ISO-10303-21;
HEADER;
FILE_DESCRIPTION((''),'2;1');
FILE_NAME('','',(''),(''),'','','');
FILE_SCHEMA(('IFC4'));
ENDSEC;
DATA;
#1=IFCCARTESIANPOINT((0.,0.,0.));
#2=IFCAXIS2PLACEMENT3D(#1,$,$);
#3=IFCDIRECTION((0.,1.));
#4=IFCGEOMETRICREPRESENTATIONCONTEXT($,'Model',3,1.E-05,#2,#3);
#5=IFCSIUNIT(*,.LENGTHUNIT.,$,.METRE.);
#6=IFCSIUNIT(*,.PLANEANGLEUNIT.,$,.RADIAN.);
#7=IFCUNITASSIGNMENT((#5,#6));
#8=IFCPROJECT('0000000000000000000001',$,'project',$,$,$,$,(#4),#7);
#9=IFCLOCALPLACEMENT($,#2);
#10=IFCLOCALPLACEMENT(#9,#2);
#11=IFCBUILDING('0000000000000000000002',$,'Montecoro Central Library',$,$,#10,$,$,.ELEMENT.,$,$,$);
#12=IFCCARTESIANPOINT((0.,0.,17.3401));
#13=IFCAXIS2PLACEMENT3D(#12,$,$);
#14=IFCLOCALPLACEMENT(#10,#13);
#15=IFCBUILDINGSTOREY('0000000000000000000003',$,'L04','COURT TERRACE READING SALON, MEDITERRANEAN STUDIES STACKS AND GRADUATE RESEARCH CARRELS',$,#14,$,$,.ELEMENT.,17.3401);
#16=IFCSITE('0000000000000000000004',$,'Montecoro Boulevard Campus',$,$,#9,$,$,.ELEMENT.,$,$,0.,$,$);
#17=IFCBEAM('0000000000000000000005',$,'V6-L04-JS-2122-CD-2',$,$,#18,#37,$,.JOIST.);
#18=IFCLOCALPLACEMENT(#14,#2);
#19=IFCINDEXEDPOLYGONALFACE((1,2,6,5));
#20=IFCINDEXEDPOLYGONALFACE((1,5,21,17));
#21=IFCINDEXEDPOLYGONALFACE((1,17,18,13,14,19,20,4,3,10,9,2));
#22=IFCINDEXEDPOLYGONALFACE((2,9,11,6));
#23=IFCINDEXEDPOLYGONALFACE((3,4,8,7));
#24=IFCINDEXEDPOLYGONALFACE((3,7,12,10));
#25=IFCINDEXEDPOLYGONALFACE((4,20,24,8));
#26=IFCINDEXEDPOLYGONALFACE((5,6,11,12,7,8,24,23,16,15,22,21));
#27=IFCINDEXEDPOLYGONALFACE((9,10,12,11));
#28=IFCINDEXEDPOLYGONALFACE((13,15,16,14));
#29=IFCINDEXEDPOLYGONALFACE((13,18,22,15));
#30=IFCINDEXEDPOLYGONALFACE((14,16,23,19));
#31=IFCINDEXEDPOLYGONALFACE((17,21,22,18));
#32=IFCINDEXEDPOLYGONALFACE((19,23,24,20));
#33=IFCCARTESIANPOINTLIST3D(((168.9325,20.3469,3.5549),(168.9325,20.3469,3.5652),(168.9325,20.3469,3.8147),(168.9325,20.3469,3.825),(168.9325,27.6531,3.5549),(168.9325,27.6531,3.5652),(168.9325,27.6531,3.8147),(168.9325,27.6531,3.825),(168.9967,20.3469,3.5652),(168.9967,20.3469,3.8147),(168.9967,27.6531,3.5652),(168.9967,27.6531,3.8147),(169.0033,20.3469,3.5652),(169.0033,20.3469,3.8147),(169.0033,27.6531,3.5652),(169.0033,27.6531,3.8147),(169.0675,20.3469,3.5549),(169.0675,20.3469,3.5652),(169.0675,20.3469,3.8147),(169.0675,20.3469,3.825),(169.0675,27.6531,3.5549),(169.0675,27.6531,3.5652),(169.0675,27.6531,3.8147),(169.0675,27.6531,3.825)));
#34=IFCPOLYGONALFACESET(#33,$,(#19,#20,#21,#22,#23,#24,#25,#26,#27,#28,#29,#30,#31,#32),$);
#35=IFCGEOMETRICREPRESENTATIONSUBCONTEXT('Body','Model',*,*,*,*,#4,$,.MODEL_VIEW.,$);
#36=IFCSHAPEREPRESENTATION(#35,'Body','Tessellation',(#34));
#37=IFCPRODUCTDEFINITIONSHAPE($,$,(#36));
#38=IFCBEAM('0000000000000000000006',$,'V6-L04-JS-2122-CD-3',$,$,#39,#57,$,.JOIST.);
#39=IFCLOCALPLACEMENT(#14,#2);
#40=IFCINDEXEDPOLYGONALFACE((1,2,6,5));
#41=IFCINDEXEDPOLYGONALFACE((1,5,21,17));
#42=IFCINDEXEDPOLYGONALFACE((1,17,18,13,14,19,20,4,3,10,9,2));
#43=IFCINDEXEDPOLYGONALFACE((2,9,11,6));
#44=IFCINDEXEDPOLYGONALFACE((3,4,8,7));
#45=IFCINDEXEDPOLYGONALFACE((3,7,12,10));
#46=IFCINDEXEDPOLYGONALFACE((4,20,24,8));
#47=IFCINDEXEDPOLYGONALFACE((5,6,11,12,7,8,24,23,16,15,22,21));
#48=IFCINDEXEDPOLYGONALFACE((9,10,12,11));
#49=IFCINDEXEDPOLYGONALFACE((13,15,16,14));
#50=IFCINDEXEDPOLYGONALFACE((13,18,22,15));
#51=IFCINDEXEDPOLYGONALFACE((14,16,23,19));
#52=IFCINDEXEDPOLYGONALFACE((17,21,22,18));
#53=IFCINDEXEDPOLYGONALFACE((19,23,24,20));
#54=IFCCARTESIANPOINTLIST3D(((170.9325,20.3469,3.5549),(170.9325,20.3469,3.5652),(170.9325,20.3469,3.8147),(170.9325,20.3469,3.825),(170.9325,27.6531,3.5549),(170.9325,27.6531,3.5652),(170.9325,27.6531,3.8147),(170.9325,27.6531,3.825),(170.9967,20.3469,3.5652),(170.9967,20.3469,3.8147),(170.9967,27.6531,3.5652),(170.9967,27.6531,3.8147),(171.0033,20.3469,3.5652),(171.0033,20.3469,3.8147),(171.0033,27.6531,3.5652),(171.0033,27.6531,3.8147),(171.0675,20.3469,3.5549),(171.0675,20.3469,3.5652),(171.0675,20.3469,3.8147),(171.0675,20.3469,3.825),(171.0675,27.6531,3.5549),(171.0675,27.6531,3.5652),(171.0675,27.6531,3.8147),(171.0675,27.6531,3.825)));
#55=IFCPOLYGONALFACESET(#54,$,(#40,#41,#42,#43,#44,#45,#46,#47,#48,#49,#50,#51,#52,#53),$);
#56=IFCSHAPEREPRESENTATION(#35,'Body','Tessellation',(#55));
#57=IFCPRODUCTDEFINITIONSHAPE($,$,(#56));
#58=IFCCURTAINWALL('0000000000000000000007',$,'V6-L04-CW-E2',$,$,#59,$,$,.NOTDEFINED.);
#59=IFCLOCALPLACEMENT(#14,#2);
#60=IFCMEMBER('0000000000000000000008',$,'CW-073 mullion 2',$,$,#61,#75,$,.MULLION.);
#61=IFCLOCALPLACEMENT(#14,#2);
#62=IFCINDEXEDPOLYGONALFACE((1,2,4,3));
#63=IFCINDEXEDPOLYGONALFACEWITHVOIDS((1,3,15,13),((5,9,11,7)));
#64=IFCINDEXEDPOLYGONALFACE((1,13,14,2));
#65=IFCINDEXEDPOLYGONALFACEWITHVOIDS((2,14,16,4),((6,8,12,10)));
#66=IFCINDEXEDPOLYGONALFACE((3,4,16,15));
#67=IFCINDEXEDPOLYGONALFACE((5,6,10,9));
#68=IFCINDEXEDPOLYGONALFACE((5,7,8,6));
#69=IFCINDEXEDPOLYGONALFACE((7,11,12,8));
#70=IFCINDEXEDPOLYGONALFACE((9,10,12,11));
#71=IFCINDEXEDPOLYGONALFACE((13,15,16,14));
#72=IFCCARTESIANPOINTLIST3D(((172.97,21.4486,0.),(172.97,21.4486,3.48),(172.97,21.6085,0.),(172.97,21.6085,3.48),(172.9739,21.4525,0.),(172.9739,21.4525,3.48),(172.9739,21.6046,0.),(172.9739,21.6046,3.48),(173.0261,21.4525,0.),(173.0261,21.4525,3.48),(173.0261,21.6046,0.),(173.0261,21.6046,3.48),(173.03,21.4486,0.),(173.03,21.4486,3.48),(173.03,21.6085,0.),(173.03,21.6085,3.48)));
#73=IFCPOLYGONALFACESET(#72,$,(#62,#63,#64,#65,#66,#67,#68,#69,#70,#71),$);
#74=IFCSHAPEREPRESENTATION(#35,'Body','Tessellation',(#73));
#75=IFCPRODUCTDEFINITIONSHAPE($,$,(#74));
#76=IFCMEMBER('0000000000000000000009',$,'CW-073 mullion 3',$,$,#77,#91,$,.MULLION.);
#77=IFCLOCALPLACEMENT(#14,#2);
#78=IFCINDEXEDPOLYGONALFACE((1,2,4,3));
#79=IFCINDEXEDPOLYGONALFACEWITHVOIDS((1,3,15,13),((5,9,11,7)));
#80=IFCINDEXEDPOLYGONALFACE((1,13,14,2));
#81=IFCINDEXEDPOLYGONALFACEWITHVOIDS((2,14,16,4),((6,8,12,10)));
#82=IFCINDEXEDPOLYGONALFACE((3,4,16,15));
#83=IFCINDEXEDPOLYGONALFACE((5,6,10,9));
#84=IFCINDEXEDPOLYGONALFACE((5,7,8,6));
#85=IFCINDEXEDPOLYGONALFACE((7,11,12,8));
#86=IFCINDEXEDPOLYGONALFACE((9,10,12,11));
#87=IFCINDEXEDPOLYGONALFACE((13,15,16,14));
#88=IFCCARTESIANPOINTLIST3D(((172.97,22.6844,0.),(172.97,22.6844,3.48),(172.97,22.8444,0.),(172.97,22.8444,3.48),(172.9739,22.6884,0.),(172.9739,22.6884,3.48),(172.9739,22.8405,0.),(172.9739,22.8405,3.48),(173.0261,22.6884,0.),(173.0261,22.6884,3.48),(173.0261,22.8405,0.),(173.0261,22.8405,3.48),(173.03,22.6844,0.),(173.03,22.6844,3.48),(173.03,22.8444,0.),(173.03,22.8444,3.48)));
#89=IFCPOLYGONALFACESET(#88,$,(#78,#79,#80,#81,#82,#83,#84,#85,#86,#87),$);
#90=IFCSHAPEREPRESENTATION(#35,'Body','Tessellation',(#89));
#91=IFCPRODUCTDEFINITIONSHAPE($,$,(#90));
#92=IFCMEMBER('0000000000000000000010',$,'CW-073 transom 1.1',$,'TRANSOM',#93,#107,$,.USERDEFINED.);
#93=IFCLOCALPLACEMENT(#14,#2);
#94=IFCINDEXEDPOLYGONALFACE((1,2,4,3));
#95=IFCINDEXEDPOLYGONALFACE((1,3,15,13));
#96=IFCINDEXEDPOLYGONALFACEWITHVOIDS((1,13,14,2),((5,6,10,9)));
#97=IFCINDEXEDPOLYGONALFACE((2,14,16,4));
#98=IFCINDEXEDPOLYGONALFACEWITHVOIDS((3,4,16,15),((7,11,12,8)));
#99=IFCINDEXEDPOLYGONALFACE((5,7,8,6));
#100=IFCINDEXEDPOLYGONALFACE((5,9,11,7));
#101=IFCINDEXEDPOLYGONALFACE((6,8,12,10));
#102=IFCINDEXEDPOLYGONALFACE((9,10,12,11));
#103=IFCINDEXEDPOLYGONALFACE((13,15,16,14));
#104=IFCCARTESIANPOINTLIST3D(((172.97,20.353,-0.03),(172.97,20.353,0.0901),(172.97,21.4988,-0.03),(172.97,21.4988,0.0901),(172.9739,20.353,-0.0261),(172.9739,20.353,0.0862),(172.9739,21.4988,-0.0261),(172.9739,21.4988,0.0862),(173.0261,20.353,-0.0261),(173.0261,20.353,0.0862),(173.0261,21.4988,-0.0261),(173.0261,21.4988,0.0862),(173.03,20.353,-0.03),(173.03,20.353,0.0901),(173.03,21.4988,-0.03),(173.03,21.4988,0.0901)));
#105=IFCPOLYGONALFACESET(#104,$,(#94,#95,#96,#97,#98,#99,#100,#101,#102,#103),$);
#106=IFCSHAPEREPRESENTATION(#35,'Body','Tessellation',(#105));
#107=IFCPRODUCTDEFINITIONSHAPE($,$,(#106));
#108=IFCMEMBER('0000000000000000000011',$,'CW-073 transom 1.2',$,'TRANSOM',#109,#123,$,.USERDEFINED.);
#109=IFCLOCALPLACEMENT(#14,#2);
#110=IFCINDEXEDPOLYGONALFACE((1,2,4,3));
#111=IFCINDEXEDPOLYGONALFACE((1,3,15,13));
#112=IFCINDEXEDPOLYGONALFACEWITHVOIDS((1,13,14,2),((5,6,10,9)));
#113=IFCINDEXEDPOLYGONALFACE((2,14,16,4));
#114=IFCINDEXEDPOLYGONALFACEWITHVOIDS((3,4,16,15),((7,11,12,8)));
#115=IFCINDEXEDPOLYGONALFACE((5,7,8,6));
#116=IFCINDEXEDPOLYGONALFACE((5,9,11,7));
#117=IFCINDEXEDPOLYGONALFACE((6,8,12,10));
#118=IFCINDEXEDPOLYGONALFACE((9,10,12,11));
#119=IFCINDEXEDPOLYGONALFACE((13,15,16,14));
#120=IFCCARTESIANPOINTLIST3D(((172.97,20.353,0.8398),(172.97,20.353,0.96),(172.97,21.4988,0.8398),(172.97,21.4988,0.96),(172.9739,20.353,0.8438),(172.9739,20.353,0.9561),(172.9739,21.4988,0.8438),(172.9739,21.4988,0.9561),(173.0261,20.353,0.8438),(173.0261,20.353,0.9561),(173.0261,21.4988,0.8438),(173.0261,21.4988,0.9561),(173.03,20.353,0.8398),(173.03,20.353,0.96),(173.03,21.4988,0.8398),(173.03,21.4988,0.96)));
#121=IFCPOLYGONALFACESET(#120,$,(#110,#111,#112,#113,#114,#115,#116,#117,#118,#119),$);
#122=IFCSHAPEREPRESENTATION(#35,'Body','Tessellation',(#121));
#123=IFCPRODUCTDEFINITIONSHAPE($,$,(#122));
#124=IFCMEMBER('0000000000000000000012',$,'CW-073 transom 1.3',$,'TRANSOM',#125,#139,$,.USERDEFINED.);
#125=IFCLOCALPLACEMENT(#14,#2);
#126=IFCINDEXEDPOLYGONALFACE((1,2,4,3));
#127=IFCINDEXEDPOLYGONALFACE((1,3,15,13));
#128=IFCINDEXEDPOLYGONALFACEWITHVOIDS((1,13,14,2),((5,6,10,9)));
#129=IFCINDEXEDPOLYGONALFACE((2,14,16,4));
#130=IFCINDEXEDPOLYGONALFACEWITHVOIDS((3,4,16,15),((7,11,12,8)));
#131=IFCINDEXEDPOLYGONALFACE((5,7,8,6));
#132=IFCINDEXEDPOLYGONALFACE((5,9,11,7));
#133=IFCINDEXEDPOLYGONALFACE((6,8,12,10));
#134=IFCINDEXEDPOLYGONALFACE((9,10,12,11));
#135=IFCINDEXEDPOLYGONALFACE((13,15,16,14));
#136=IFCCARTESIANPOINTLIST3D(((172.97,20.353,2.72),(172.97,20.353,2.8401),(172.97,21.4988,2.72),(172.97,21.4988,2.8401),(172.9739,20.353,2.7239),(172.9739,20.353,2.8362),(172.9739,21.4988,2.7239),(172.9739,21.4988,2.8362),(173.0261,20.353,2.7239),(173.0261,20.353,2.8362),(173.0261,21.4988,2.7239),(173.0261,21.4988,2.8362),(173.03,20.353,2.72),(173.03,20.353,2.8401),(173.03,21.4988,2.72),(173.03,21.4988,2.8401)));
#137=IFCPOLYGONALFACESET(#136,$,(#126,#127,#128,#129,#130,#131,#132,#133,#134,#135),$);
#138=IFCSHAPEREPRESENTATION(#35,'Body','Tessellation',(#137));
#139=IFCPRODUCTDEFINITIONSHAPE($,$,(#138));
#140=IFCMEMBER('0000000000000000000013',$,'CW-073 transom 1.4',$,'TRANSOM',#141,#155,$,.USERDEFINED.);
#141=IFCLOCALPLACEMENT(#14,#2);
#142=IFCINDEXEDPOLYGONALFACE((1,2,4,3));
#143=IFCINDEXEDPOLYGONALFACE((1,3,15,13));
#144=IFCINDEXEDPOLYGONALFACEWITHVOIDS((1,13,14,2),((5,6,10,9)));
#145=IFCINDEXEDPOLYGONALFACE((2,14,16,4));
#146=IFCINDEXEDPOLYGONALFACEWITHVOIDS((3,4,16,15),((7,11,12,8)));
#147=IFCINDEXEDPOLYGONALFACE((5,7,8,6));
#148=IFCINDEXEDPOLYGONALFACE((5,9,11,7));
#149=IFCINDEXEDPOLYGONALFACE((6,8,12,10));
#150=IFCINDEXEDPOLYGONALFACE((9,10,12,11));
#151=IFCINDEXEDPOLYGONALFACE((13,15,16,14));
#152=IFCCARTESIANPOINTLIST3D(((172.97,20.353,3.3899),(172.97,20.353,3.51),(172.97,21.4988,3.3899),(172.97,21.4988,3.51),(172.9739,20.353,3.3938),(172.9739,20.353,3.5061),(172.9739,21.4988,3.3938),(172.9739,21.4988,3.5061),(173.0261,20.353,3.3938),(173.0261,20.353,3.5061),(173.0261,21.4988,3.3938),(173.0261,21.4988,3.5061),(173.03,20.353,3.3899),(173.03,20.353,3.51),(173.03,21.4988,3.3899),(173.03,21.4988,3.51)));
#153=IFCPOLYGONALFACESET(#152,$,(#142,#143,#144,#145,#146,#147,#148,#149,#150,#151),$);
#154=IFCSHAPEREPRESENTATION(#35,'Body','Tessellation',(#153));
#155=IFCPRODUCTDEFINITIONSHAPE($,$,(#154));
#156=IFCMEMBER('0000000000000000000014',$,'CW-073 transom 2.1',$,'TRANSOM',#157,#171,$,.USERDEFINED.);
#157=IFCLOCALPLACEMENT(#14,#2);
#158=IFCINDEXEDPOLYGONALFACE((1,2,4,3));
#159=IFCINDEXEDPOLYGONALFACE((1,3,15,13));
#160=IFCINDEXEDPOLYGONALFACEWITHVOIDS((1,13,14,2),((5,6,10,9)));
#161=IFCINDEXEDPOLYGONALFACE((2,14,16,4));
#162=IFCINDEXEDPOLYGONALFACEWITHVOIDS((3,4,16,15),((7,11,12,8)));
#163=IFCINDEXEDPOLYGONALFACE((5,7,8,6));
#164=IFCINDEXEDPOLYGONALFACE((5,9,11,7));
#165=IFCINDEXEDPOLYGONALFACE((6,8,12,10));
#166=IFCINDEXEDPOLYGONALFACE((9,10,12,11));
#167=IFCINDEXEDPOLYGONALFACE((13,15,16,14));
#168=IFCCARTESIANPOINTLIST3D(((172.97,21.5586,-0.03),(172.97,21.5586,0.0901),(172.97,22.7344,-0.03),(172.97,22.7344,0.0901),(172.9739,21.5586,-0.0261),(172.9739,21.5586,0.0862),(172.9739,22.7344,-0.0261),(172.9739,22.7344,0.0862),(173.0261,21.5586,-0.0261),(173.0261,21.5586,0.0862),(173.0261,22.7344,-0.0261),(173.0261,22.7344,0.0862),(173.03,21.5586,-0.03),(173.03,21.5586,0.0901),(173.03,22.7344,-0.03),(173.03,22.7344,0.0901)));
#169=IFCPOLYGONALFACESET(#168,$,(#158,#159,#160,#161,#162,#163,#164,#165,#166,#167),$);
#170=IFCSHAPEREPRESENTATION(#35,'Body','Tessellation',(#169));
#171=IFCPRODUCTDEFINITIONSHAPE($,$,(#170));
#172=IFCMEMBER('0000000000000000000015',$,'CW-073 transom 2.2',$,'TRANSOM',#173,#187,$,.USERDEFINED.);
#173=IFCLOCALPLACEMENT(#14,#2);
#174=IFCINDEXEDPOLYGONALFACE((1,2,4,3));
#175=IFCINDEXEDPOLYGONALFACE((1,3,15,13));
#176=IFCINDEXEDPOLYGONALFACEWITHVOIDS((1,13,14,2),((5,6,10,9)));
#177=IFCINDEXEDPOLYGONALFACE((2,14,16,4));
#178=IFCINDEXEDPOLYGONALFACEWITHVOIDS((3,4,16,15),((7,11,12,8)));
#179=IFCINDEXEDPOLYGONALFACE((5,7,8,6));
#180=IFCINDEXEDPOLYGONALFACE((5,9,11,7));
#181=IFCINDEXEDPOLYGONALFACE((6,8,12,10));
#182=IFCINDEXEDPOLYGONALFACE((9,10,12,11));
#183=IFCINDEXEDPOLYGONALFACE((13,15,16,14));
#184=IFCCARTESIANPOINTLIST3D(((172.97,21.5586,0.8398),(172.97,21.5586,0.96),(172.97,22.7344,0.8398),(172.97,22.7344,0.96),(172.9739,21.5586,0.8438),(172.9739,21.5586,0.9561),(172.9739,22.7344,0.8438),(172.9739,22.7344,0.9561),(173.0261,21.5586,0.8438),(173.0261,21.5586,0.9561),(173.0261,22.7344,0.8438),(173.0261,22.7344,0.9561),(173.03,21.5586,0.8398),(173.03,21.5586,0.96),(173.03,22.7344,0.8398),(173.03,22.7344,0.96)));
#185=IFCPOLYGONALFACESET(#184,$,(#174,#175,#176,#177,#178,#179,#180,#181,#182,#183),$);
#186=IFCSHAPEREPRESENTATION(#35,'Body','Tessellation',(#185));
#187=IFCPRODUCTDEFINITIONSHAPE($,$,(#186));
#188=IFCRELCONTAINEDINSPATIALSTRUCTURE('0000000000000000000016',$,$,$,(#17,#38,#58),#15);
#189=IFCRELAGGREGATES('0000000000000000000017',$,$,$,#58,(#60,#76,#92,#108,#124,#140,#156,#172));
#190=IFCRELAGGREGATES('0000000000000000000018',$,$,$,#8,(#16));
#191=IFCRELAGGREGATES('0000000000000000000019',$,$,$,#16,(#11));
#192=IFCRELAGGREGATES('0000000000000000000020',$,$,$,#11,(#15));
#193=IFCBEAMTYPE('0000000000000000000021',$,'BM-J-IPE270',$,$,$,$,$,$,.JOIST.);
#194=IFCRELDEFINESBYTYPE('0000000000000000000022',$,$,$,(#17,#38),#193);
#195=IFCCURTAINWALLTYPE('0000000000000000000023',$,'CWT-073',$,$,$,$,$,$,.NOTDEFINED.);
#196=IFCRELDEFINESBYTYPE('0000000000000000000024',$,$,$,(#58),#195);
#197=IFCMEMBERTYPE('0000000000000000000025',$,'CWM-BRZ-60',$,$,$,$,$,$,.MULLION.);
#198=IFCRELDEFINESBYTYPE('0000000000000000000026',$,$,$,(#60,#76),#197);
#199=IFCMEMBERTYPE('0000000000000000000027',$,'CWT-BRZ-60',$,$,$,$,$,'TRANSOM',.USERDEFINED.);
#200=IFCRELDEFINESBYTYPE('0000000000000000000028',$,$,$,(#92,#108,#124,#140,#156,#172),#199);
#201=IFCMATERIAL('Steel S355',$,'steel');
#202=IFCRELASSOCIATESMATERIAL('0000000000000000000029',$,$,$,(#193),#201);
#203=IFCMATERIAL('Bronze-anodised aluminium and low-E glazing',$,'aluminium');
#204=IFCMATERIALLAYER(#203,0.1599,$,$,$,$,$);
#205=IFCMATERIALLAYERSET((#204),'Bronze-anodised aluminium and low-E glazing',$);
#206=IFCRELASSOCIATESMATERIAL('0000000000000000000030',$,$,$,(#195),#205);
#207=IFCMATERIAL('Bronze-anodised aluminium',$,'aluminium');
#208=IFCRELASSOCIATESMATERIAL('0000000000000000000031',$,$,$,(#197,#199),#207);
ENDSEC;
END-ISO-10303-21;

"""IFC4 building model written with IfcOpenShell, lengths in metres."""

from ifc_helpers import new_model, si_unit, direction, frame, origin, origin_2d, place, context, subcontext, project, spatial, hollow_rectangle, i_section, extrude, material, layer, layer_set, material_profile, profile_set, type_object, element, aggregate, save


model = new_model("IFC4")

# Units and contexts
model_context = context("Model", 3, precision=1e-05, world=origin(), true_north=direction((0.0, 1.0)))
body_context = subcontext(model_context, "Body", "Model", "MODEL_VIEW")
ifc_project = project(units=[si_unit("LENGTHUNIT", "METRE"), si_unit("PLANEANGLEUNIT", "RADIAN")], contexts=[model_context])

# Site, building, storey
site_placement = place(None, origin())
site = spatial("IfcSite", under=ifc_project, at=site_placement, Name="Montecoro Boulevard Campus", CompositionType="ELEMENT", RefElevation=0.0)
building_placement = place(site_placement, origin())
building = spatial("IfcBuilding", under=site, at=building_placement, Name="Montecoro Central Library", CompositionType="ELEMENT")
storey_placement = place(building_placement, frame((0.0, 0.0, 17.3401)))
storey = spatial("IfcBuildingStorey", under=building, at=storey_placement, Name="L04", Description="COURT TERRACE READING SALON, MEDITERRANEAN STUDIES STACKS AND GRADUATE RESEARCH CARRELS", CompositionType="ELEMENT", Elevation=17.3401)

# Beams
ifc_material_1 = material(Name="Steel S355", Category="steel")
ifc_material_profile_1 = material_profile(ifc_material_1, i_section(OverallWidth=0.135, OverallDepth=0.27, WebThickness=0.0066, FlangeThickness=0.0103, at=origin_2d()), Name="IPE 270")
ifc_profile_set_1 = profile_set([ifc_material_profile_1], Name="Steel S355")
beam_type = type_object("IfcBeamType", Name="BM-J-IPE270", PredefinedType="JOIST", material=ifc_profile_set_1)
for number, where, z_axis, x_axis, name in (
    (1, (169.0, 20.3469, 3.6899), (0.0, 1.0, 0.0), (-1.0, 0.0, 0.0), "V6-L04-JS-2122-CD-2"),
    (2, (171.0, 20.3469, 3.6899), (0.0, 1.0, 0.0), (-1.0, 0.0, 0.0), "V6-L04-JS-2122-CD-3"),
):
    element("IfcBeam", number, at=place(storey_placement, frame(where, z_axis=z_axis, x_axis=x_axis)), inside=storey, type_object=beam_type, Name=name, PredefinedType="JOIST", context=body_context, shape_type="SweptSolid", body=[
        extrude(i_section(OverallWidth=0.135, OverallDepth=0.27, WebThickness=0.0066, FlangeThickness=0.0103, at=origin_2d()), origin(), (0.0, 0.0, 1.0), 7.3062),
    ])

# Curtain wall, members
ifc_material_2 = material(Name="Bronze-anodised aluminium and low-E glazing", Category="aluminium")
ifc_layer_1 = layer(ifc_material_2, 0.1599)
ifc_layer_set_1 = layer_set([ifc_layer_1], Name="Bronze-anodised aluminium and low-E glazing")
curtain_wall_type = type_object("IfcCurtainWallType", Name="CWT-073", PredefinedType="NOTDEFINED", material=ifc_layer_set_1)
curtain_wall_placement = place(storey_placement, origin())
curtain_wall = element("IfcCurtainWall", 3, at=curtain_wall_placement, inside=storey, type_object=curtain_wall_type, Name="V6-L04-CW-E2", PredefinedType="NOTDEFINED")
ifc_material_3 = material(Name="Bronze-anodised aluminium", Category="aluminium")
ifc_material_profile_2 = material_profile(ifc_material_3, hollow_rectangle(XDim=0.0601, YDim=0.1599, WallThickness=0.0039, at=origin_2d()), Name="CWM 160x60x4.0")
ifc_profile_set_2 = profile_set([ifc_material_profile_2], Name="Bronze-anodised aluminium")
member_type_1 = type_object("IfcMemberType", Name="CWM-BRZ-60", PredefinedType="MULLION", material=ifc_profile_set_2)
member_1_placement = place(storey_placement, frame((173.0, 21.5286, 0.0), z_axis=(0.0, 0.0, 1.0), x_axis=(-1.0, 0.0, 0.0)))
member_1 = element("IfcMember", 4, at=member_1_placement, type_object=member_type_1, Name="CW-073 mullion 2", PredefinedType="MULLION", context=body_context, shape_type="SweptSolid", body=[
    extrude(hollow_rectangle(XDim=0.0601, YDim=0.1599, WallThickness=0.0039, at=origin_2d()), origin(), (0.0, 0.0, 1.0), 3.48),
])
member_2_placement = place(storey_placement, frame((173.0, 22.7644, 0.0), z_axis=(0.0, 0.0, 1.0), x_axis=(-1.0, 0.0, 0.0)))
member_2 = element("IfcMember", 5, at=member_2_placement, type_object=member_type_1, Name="CW-073 mullion 3", PredefinedType="MULLION", context=body_context, shape_type="SweptSolid", body=[
    extrude(hollow_rectangle(XDim=0.0601, YDim=0.1599, WallThickness=0.0039, at=origin_2d()), origin(), (0.0, 0.0, 1.0), 3.48),
])
ifc_material_profile_3 = material_profile(ifc_material_3, hollow_rectangle(XDim=0.0601, YDim=0.1201, WallThickness=0.0039, at=origin_2d()), Name="CWT 120x60x4.0")
ifc_profile_set_3 = profile_set([ifc_material_profile_3], Name="Bronze-anodised aluminium")
member_type_2 = type_object("IfcMemberType", Name="CWT-BRZ-60", ElementType="TRANSOM", PredefinedType="USERDEFINED", material=ifc_profile_set_3)
member_3_placement = place(storey_placement, frame((173.0, 20.353, 0.03), z_axis=(0.0, 1.0, 0.0), x_axis=(-1.0, 0.0, 0.0)))
member_3 = element("IfcMember", 6, at=member_3_placement, type_object=member_type_2, Name="CW-073 transom 1.1", ObjectType="TRANSOM", PredefinedType="USERDEFINED", context=body_context, shape_type="SweptSolid", body=[
    extrude(hollow_rectangle(XDim=0.0601, YDim=0.1201, WallThickness=0.0039, at=origin_2d()), origin(), (0.0, 0.0, 1.0), 1.1458),
])
member_4_placement = place(storey_placement, frame((173.0, 20.353, 0.8999), z_axis=(0.0, 1.0, 0.0), x_axis=(-1.0, 0.0, 0.0)))
member_4 = element("IfcMember", 7, at=member_4_placement, type_object=member_type_2, Name="CW-073 transom 1.2", ObjectType="TRANSOM", PredefinedType="USERDEFINED", context=body_context, shape_type="SweptSolid", body=[
    extrude(hollow_rectangle(XDim=0.0601, YDim=0.1201, WallThickness=0.0039, at=origin_2d()), origin(), (0.0, 0.0, 1.0), 1.1458),
])
member_5_placement = place(storey_placement, frame((173.0, 20.353, 2.78), z_axis=(0.0, 1.0, 0.0), x_axis=(-1.0, 0.0, 0.0)))
member_5 = element("IfcMember", 8, at=member_5_placement, type_object=member_type_2, Name="CW-073 transom 1.3", ObjectType="TRANSOM", PredefinedType="USERDEFINED", context=body_context, shape_type="SweptSolid", body=[
    extrude(hollow_rectangle(XDim=0.0601, YDim=0.1201, WallThickness=0.0039, at=origin_2d()), origin(), (0.0, 0.0, 1.0), 1.1458),
])
member_6_placement = place(storey_placement, frame((173.0, 20.353, 3.45), z_axis=(0.0, 1.0, 0.0), x_axis=(-1.0, 0.0, 0.0)))
member_6 = element("IfcMember", 9, at=member_6_placement, type_object=member_type_2, Name="CW-073 transom 1.4", ObjectType="TRANSOM", PredefinedType="USERDEFINED", context=body_context, shape_type="SweptSolid", body=[
    extrude(hollow_rectangle(XDim=0.0601, YDim=0.1201, WallThickness=0.0039, at=origin_2d()), origin(), (0.0, 0.0, 1.0), 1.1458),
])
member_7_placement = place(storey_placement, frame((173.0, 21.5586, 0.03), z_axis=(0.0, 1.0, 0.0), x_axis=(-1.0, 0.0, 0.0)))
member_7 = element("IfcMember", 10, at=member_7_placement, type_object=member_type_2, Name="CW-073 transom 2.1", ObjectType="TRANSOM", PredefinedType="USERDEFINED", context=body_context, shape_type="SweptSolid", body=[
    extrude(hollow_rectangle(XDim=0.0601, YDim=0.1201, WallThickness=0.0039, at=origin_2d()), origin(), (0.0, 0.0, 1.0), 1.1758),
])
member_8_placement = place(storey_placement, frame((173.0, 21.5586, 0.8999), z_axis=(0.0, 1.0, 0.0), x_axis=(-1.0, 0.0, 0.0)))
member_8 = element("IfcMember", 11, at=member_8_placement, type_object=member_type_2, Name="CW-073 transom 2.2", ObjectType="TRANSOM", PredefinedType="USERDEFINED", context=body_context, shape_type="SweptSolid", body=[
    extrude(hollow_rectangle(XDim=0.0601, YDim=0.1201, WallThickness=0.0039, at=origin_2d()), origin(), (0.0, 0.0, 1.0), 1.1758),
])
aggregate(curtain_wall, [member_1, member_2, member_3, member_4, member_5, member_6, member_7, member_8])

save(model, "model.ifc")
